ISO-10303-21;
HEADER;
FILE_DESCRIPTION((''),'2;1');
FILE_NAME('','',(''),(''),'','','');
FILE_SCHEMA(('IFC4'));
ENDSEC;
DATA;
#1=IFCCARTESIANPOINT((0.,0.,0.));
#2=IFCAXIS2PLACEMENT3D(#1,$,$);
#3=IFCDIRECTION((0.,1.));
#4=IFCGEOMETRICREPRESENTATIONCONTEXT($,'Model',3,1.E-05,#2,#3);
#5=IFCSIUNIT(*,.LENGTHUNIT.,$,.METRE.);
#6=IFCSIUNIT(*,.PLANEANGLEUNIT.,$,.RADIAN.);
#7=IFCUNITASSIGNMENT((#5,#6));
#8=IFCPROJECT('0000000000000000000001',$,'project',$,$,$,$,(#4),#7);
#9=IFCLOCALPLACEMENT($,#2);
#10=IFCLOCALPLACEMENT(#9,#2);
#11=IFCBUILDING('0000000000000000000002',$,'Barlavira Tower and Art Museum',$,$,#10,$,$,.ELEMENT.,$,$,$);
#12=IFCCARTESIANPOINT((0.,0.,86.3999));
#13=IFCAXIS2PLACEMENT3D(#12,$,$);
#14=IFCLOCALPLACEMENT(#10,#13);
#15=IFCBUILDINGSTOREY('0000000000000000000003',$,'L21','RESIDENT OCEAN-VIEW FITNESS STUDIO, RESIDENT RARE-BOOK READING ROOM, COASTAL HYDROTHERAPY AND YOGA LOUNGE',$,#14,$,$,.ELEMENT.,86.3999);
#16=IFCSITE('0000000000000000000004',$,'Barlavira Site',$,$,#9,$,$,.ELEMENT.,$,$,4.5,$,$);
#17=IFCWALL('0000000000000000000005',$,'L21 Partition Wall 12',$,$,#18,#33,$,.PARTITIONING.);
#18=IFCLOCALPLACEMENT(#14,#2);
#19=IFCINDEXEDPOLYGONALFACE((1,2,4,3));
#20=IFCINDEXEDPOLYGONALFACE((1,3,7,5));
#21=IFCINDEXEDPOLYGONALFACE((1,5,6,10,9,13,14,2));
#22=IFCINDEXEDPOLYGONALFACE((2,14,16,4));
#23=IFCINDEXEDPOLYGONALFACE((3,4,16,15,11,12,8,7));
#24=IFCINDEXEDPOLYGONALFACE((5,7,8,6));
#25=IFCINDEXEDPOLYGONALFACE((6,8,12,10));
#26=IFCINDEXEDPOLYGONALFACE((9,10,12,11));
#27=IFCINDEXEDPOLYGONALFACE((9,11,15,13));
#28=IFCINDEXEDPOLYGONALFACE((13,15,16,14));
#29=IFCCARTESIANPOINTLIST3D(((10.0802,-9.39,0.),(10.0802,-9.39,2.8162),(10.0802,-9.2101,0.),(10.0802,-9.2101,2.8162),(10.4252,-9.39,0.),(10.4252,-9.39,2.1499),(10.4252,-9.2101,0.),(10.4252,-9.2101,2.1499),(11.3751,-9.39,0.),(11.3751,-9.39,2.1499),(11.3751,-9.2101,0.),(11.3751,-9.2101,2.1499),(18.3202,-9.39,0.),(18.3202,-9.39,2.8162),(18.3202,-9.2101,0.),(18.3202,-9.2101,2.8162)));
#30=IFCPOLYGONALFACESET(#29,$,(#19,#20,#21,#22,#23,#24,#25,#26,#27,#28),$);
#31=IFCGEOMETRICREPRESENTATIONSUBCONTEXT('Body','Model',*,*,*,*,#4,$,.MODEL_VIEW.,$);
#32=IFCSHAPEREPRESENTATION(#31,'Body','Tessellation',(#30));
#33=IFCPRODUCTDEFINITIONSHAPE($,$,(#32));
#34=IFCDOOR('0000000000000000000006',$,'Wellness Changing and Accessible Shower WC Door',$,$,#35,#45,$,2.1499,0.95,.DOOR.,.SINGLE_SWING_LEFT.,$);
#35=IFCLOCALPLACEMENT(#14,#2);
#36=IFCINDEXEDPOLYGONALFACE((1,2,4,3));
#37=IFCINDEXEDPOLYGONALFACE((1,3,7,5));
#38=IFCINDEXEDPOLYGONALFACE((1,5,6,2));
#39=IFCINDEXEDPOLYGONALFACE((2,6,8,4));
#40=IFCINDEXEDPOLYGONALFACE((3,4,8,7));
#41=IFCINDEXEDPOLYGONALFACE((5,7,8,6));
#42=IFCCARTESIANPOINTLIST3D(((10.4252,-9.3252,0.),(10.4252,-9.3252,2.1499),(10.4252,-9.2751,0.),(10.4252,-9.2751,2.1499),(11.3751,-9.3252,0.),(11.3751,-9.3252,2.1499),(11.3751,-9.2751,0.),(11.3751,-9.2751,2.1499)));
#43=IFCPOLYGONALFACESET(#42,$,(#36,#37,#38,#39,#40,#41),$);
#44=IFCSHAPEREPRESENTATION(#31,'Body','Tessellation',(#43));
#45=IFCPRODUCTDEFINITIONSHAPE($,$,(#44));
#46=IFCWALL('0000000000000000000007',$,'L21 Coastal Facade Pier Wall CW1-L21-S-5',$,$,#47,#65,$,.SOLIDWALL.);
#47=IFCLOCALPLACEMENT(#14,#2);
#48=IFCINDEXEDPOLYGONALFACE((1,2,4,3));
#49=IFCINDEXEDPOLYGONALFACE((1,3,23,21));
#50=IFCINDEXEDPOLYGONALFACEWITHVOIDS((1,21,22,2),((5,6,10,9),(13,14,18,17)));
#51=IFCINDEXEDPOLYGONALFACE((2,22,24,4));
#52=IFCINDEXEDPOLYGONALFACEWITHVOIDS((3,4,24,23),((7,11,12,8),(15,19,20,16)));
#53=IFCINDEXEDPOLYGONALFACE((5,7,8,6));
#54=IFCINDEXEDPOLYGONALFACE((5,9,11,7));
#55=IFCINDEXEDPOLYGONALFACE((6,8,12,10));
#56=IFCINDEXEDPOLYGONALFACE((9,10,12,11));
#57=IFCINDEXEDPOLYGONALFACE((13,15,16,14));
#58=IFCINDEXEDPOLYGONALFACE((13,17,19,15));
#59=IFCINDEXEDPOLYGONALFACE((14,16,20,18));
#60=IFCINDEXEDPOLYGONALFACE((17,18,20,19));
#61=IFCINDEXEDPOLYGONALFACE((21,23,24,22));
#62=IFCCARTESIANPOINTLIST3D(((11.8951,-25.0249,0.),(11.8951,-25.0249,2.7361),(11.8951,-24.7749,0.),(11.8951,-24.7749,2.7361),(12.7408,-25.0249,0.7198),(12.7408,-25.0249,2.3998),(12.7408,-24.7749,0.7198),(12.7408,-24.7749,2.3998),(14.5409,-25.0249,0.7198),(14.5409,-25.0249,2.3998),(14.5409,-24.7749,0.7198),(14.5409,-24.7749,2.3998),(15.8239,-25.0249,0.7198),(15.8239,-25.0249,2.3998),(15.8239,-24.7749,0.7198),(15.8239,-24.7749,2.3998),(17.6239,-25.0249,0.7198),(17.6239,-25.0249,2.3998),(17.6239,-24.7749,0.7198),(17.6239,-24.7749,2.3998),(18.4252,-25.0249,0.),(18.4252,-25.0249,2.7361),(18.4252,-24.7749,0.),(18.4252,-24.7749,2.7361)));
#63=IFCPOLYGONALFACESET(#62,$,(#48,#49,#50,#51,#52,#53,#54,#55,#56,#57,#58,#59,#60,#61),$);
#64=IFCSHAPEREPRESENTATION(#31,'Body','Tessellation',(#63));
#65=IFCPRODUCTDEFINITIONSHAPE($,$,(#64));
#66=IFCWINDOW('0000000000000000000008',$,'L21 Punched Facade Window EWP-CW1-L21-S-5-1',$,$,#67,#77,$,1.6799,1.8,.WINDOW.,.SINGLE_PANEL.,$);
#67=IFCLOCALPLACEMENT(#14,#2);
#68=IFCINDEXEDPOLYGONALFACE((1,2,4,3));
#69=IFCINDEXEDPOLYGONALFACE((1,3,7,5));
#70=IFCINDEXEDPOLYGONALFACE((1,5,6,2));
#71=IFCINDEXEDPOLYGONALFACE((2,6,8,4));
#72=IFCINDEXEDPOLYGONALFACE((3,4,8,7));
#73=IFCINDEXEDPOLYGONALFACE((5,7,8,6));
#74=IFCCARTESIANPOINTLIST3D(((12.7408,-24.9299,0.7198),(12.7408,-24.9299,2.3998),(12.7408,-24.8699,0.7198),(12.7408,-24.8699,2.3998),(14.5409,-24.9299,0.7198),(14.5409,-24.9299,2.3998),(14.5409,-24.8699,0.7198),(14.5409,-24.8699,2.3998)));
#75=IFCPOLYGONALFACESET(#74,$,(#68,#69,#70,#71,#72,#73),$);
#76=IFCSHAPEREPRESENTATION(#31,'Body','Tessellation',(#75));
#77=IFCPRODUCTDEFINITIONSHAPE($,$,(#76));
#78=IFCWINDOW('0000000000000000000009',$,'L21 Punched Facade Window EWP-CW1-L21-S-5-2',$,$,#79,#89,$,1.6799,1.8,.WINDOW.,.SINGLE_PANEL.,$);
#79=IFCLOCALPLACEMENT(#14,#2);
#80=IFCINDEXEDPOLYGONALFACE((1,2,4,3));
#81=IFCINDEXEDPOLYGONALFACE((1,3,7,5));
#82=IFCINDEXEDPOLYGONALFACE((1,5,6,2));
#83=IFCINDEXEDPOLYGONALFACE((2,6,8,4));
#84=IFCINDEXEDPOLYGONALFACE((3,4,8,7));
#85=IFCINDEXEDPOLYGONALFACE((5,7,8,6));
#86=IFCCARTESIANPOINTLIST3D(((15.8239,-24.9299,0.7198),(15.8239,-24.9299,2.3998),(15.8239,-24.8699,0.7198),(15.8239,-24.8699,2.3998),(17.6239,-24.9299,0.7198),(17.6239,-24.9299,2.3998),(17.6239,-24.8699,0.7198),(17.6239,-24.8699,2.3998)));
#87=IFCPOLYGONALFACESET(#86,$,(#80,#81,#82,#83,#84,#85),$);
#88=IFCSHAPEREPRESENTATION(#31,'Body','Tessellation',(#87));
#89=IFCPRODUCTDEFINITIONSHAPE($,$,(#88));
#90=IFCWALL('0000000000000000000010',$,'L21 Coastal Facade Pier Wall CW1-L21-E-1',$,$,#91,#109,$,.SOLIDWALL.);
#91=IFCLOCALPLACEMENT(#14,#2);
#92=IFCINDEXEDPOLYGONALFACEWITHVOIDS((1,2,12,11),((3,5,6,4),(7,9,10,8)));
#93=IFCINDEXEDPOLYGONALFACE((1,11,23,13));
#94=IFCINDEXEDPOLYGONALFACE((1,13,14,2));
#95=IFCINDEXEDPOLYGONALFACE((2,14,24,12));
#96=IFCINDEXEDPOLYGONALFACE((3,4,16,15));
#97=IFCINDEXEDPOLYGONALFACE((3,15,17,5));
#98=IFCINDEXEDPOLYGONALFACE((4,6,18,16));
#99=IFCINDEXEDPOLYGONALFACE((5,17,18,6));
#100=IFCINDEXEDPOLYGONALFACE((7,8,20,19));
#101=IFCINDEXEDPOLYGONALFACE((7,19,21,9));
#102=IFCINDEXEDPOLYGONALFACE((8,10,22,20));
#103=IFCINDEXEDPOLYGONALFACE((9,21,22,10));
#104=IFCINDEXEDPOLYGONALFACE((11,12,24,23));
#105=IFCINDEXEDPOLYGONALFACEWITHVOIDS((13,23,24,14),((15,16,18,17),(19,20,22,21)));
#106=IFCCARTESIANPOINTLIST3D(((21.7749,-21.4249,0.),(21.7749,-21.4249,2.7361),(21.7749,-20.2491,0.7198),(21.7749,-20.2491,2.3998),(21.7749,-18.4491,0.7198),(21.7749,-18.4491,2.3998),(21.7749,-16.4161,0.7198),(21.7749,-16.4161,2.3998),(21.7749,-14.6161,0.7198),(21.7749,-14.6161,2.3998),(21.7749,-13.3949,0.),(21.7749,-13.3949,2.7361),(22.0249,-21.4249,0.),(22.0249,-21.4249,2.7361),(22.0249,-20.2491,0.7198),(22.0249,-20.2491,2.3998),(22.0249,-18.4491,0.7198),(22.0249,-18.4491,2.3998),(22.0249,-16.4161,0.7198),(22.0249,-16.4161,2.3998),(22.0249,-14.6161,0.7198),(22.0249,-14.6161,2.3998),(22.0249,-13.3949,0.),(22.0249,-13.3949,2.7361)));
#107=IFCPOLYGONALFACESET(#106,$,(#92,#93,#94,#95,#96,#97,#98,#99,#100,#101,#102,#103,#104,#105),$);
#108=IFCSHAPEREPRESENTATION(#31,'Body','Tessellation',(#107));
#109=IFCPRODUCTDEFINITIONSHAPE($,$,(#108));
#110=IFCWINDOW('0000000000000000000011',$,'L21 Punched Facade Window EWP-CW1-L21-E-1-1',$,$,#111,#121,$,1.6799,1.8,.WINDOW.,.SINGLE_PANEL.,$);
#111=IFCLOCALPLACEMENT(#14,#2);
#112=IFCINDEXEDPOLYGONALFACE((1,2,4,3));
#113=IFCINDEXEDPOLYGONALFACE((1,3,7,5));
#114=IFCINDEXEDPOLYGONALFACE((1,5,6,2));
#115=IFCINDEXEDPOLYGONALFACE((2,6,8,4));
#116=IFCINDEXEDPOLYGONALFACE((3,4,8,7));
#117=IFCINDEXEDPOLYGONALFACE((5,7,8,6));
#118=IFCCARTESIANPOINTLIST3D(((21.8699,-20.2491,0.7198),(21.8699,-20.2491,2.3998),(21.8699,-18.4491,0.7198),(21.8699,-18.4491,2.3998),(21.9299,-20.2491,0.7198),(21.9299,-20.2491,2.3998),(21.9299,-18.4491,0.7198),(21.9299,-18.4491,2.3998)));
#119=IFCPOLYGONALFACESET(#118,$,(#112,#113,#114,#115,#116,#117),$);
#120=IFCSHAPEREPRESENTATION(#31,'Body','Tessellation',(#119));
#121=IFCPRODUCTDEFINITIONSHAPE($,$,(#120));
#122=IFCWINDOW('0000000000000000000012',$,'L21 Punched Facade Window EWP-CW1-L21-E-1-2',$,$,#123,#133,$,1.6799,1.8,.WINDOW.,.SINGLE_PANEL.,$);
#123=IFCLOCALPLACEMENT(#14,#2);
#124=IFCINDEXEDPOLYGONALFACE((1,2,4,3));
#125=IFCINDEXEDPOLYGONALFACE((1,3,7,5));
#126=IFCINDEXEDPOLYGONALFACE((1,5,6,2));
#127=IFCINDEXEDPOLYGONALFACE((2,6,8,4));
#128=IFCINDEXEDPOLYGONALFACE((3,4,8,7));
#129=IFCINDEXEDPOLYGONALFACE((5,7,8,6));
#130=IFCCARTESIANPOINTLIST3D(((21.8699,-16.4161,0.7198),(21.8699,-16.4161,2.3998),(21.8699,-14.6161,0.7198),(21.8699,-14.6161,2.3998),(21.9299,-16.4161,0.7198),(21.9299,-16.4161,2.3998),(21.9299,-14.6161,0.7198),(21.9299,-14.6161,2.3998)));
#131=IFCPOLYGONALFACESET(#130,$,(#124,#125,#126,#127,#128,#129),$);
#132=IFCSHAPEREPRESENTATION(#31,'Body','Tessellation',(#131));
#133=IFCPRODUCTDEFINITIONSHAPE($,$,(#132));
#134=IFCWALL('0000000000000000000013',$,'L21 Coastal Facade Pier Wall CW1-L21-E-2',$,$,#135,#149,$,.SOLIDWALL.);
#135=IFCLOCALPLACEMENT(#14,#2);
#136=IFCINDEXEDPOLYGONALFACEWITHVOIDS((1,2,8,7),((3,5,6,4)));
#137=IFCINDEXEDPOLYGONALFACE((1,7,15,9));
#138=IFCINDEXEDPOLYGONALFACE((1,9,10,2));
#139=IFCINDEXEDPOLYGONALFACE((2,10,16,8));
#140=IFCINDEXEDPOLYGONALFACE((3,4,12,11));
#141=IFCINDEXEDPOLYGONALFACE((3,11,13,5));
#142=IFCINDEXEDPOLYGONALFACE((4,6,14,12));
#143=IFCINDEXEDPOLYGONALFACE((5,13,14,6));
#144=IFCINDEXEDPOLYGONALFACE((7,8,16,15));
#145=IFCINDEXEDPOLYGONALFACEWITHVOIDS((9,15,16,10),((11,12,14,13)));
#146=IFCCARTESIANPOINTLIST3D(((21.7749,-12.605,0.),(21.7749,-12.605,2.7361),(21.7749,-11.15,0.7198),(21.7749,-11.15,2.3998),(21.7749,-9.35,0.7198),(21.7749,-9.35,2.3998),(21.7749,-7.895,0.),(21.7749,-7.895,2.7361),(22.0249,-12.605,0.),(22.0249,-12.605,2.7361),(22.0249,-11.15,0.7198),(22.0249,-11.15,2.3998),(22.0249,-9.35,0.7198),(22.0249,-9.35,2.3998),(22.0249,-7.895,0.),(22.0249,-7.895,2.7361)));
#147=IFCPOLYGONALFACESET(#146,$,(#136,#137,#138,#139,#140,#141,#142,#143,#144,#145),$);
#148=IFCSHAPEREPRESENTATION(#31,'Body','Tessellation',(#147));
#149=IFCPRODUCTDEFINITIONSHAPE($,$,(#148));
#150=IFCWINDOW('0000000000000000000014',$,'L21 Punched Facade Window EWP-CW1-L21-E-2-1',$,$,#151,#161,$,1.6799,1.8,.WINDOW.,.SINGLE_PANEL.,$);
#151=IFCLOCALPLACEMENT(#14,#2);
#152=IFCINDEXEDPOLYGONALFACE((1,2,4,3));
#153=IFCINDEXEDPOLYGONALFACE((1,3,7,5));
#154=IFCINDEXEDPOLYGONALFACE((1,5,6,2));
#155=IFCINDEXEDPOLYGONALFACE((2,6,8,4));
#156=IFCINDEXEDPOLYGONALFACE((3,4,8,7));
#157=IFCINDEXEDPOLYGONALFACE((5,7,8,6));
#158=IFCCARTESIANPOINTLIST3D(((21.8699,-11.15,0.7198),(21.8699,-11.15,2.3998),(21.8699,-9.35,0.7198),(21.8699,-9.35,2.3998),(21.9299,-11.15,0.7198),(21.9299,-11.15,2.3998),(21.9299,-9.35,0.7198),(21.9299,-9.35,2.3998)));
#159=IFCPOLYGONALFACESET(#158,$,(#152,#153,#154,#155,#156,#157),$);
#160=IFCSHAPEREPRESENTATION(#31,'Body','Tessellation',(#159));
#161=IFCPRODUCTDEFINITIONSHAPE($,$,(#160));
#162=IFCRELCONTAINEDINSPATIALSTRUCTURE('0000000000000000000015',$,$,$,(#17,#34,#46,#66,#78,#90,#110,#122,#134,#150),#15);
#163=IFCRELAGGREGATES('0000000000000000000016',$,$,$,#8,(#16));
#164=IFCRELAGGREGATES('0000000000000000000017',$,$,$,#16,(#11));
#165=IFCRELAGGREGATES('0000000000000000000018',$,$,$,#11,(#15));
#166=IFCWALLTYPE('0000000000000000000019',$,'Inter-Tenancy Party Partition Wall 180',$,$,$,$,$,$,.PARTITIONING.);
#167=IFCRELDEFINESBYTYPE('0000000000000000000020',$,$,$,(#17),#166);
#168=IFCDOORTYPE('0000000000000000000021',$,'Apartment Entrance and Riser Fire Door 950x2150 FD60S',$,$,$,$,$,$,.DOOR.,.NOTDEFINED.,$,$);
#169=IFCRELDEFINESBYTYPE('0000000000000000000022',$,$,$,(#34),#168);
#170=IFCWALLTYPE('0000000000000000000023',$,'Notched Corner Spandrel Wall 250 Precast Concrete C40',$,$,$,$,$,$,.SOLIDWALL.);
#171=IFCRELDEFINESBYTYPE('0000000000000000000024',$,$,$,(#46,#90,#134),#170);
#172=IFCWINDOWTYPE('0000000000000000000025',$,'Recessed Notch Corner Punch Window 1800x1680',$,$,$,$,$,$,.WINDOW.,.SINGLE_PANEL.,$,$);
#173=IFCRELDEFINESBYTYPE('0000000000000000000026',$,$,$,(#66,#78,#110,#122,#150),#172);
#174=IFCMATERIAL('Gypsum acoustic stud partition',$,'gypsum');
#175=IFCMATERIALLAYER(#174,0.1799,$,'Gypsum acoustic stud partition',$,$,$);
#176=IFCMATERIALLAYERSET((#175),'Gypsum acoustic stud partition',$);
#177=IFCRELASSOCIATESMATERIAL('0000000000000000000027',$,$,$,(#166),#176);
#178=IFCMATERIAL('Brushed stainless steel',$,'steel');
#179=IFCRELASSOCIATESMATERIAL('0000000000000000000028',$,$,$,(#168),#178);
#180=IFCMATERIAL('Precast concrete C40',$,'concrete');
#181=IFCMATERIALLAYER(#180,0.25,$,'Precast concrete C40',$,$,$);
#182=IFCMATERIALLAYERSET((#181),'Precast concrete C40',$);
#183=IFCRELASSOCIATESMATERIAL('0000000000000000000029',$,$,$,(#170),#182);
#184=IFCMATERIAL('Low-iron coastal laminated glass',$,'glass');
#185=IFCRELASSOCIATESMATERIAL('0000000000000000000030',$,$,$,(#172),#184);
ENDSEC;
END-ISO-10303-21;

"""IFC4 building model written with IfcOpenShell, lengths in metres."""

from ifc_helpers import new_model, si_unit, direction, frame, frame_2d, origin, place, context, subcontext, project, spatial, rectangle, extrude, material, layer, layer_set, type_object, element, fill, save


model = new_model("IFC4")

# Units and contexts
model_context = context("Model", 3, precision=1e-05, world=origin(), true_north=direction((0.0, 1.0)))
body_context = subcontext(model_context, "Body", "Model", "MODEL_VIEW")
ifc_project = project(units=[si_unit("LENGTHUNIT", "METRE"), si_unit("PLANEANGLEUNIT", "RADIAN")], contexts=[model_context])

# Site, building, storey
site_placement = place(None, origin())
site = spatial("IfcSite", under=ifc_project, at=site_placement, Name="Barlavira Site", CompositionType="ELEMENT", RefElevation=4.5)
building_placement = place(site_placement, origin())
building = spatial("IfcBuilding", under=site, at=building_placement, Name="Barlavira Tower and Art Museum", CompositionType="ELEMENT")
storey_placement = place(building_placement, frame((0.0, 0.0, 86.3999)))
storey = spatial("IfcBuildingStorey", under=building, at=storey_placement, Name="L21", Description="RESIDENT OCEAN-VIEW FITNESS STUDIO, RESIDENT RARE-BOOK READING ROOM, COASTAL HYDROTHERAPY AND YOGA LOUNGE", CompositionType="ELEMENT", Elevation=86.3999)

# Shared definitions
ifc_material_1 = material(Name="Gypsum acoustic stud partition", Category="gypsum")
ifc_layer_1 = layer(ifc_material_1, 0.1799, Name="Gypsum acoustic stud partition")
ifc_layer_set_1 = layer_set([ifc_layer_1], Name="Gypsum acoustic stud partition")
wall_type_1 = type_object("IfcWallType", Name="Inter-Tenancy Party Partition Wall 180", PredefinedType="PARTITIONING", material=ifc_layer_set_1)

# Wall, opening, door
wall_1_placement = place(storey_placement, frame((10.0801, -9.3, 0.0), z_axis=(0.0, 0.0, 1.0), x_axis=(1.0, 0.0, 0.0)))
wall_1 = element("IfcWall", 1, at=wall_1_placement, inside=storey, type_object=wall_type_1, Name="L21 Partition Wall 12", PredefinedType="PARTITIONING", context=body_context, shape_type="SweptSolid", body=[
    extrude(rectangle(XDim=8.24, YDim=0.1799, at=frame_2d((4.1201, 0.0))), origin(), (0.0, 0.0, 1.0), 2.8162),
])
opening_1_placement = place(wall_1_placement, frame((0.345, 0.0, 0.0)))
opening_1 = element("IfcOpeningElement", 2, at=opening_1_placement, cuts=wall_1, PredefinedType="OPENING", context=body_context, shape_type="SweptSolid", body=[
    extrude(rectangle(XDim=0.95, YDim=2.1499, at=frame_2d((0.4751, 1.075))), frame((0.0, 0.1001, 0.0), z_axis=(0.0, -1.0, 0.0), x_axis=(1.0, 0.0, 0.0)), (0.0, 0.0, 1.0), 0.2),
])
ifc_material_2 = material(Name="Brushed stainless steel", Category="steel")
door_type = type_object("IfcDoorType", Name="Apartment Entrance and Riser Fire Door 950x2150 FD60S", OperationType="NOTDEFINED", PredefinedType="DOOR", material=ifc_material_2)
door_placement = place(opening_1_placement, origin())
door = element("IfcDoor", 3, at=door_placement, inside=storey, type_object=door_type, Name="Wellness Changing and Accessible Shower WC Door", OperationType="SINGLE_SWING_LEFT", OverallHeight=2.1499, OverallWidth=0.95, PredefinedType="DOOR", context=body_context, shape_type="SweptSolid", body=[
    extrude(rectangle(XDim=0.95, YDim=2.1499, at=frame_2d((0.4751, 1.075))), frame((0.0, 0.0249, 0.0), z_axis=(0.0, -1.0, 0.0), x_axis=(1.0, 0.0, 0.0)), (0.0, 0.0, 1.0), 0.05),
])
fill(opening_1, door)

# Walls, openings, windows
ifc_material_3 = material(Name="Precast concrete C40", Category="concrete")
ifc_layer_2 = layer(ifc_material_3, 0.25, Name="Precast concrete C40")
ifc_layer_set_2 = layer_set([ifc_layer_2], Name="Precast concrete C40")
wall_type_2 = type_object("IfcWallType", Name="Notched Corner Spandrel Wall 250 Precast Concrete C40", PredefinedType="SOLIDWALL", material=ifc_layer_set_2)
wall_2_placement = place(storey_placement, frame((11.895, -24.8999, 0.0), z_axis=(0.0, 0.0, 1.0), x_axis=(1.0, 0.0, 0.0)))
wall_2 = element("IfcWall", 4, at=wall_2_placement, inside=storey, type_object=wall_type_2, Name="L21 Coastal Facade Pier Wall CW1-L21-S-5", PredefinedType="SOLIDWALL", context=body_context, shape_type="SweptSolid", body=[
    extrude(rectangle(XDim=6.53, YDim=0.25, at=frame_2d((3.2651, 0.0))), origin(), (0.0, 0.0, 1.0), 2.7361),
])
opening_2_placement = place(wall_2_placement, frame((0.8459, 0.0, 0.72)))
opening_2 = element("IfcOpeningElement", 5, at=opening_2_placement, cuts=wall_2, PredefinedType="OPENING", context=body_context, shape_type="SweptSolid", body=[
    extrude(rectangle(XDim=1.8, YDim=1.6799, at=frame_2d((0.8999, 0.8398))), frame((0.0, 0.135, 0.0), z_axis=(0.0, -1.0, 0.0), x_axis=(1.0, 0.0, 0.0)), (0.0, 0.0, 1.0), 0.27),
])
opening_3_placement = place(wall_2_placement, frame((3.929, 0.0, 0.72)))
opening_3 = element("IfcOpeningElement", 6, at=opening_3_placement, cuts=wall_2, PredefinedType="OPENING", context=body_context, shape_type="SweptSolid", body=[
    extrude(rectangle(XDim=1.8, YDim=1.6799, at=frame_2d((0.8999, 0.8398))), frame((0.0, 0.135, 0.0), z_axis=(0.0, -1.0, 0.0), x_axis=(1.0, 0.0, 0.0)), (0.0, 0.0, 1.0), 0.27),
])
ifc_material_4 = material(Name="Low-iron coastal laminated glass", Category="glass")
window_type = type_object("IfcWindowType", Name="Recessed Notch Corner Punch Window 1800x1680", PartitioningType="SINGLE_PANEL", PredefinedType="WINDOW", material=ifc_material_4)
window_1_placement = place(opening_2_placement, origin())
window_1 = element("IfcWindow", 7, at=window_1_placement, inside=storey, type_object=window_type, Name="L21 Punched Facade Window EWP-CW1-L21-S-5-1", OverallHeight=1.6799, OverallWidth=1.8, PartitioningType="SINGLE_PANEL", PredefinedType="WINDOW", context=body_context, shape_type="SweptSolid", body=[
    extrude(rectangle(XDim=1.8, YDim=1.6799, at=frame_2d((0.8999, 0.8398))), frame((0.0, 0.03, 0.0), z_axis=(0.0, -1.0, 0.0), x_axis=(1.0, 0.0, 0.0)), (0.0, 0.0, 1.0), 0.0601),
])
fill(opening_2, window_1)
window_2_placement = place(opening_3_placement, origin())
window_2 = element("IfcWindow", 8, at=window_2_placement, inside=storey, type_object=window_type, Name="L21 Punched Facade Window EWP-CW1-L21-S-5-2", OverallHeight=1.6799, OverallWidth=1.8, PartitioningType="SINGLE_PANEL", PredefinedType="WINDOW", context=body_context, shape_type="SweptSolid", body=[
    extrude(rectangle(XDim=1.8, YDim=1.6799, at=frame_2d((0.8999, 0.8398))), frame((0.0, 0.03, 0.0), z_axis=(0.0, -1.0, 0.0), x_axis=(1.0, 0.0, 0.0)), (0.0, 0.0, 1.0), 0.0601),
])
fill(opening_3, window_2)
wall_3_placement = place(storey_placement, frame((21.8999, -21.425, 0.0), z_axis=(0.0, 0.0, 1.0), x_axis=(0.0, 1.0, 0.0)))
wall_3 = element("IfcWall", 9, at=wall_3_placement, inside=storey, type_object=wall_type_2, Name="L21 Coastal Facade Pier Wall CW1-L21-E-1", PredefinedType="SOLIDWALL", context=body_context, shape_type="SweptSolid", body=[
    extrude(rectangle(XDim=8.03, YDim=0.25, at=frame_2d((4.0151, 0.0))), origin(), (0.0, 0.0, 1.0), 2.7361),
])
opening_4_placement = place(wall_3_placement, frame((1.176, 0.0, 0.72)))
opening_4 = element("IfcOpeningElement", 10, at=opening_4_placement, cuts=wall_3, PredefinedType="OPENING", context=body_context, shape_type="SweptSolid", body=[
    extrude(rectangle(XDim=1.8, YDim=1.6799, at=frame_2d((0.8999, 0.8398))), frame((0.0, 0.135, 0.0), z_axis=(0.0, -1.0, 0.0), x_axis=(1.0, 0.0, 0.0)), (0.0, 0.0, 1.0), 0.27),
])
opening_5_placement = place(wall_3_placement, frame((5.009, 0.0, 0.72)))
opening_5 = element("IfcOpeningElement", 11, at=opening_5_placement, cuts=wall_3, PredefinedType="OPENING", context=body_context, shape_type="SweptSolid", body=[
    extrude(rectangle(XDim=1.8, YDim=1.6799, at=frame_2d((0.8999, 0.8398))), frame((0.0, 0.135, 0.0), z_axis=(0.0, -1.0, 0.0), x_axis=(1.0, 0.0, 0.0)), (0.0, 0.0, 1.0), 0.27),
])
window_3_placement = place(opening_4_placement, origin())
window_3 = element("IfcWindow", 12, at=window_3_placement, inside=storey, type_object=window_type, Name="L21 Punched Facade Window EWP-CW1-L21-E-1-1", OverallHeight=1.6799, OverallWidth=1.8, PartitioningType="SINGLE_PANEL", PredefinedType="WINDOW", context=body_context, shape_type="SweptSolid", body=[
    extrude(rectangle(XDim=1.8, YDim=1.6799, at=frame_2d((0.8999, 0.8398))), frame((0.0, 0.03, 0.0), z_axis=(0.0, -1.0, 0.0), x_axis=(1.0, 0.0, 0.0)), (0.0, 0.0, 1.0), 0.0601),
])
fill(opening_4, window_3)
window_4_placement = place(opening_5_placement, origin())
window_4 = element("IfcWindow", 13, at=window_4_placement, inside=storey, type_object=window_type, Name="L21 Punched Facade Window EWP-CW1-L21-E-1-2", OverallHeight=1.6799, OverallWidth=1.8, PartitioningType="SINGLE_PANEL", PredefinedType="WINDOW", context=body_context, shape_type="SweptSolid", body=[
    extrude(rectangle(XDim=1.8, YDim=1.6799, at=frame_2d((0.8999, 0.8398))), frame((0.0, 0.03, 0.0), z_axis=(0.0, -1.0, 0.0), x_axis=(1.0, 0.0, 0.0)), (0.0, 0.0, 1.0), 0.0601),
])
fill(opening_5, window_4)

# Wall, opening, window
wall_4_placement = place(storey_placement, frame((21.8999, -12.605, 0.0), z_axis=(0.0, 0.0, 1.0), x_axis=(0.0, 1.0, 0.0)))
wall_4 = element("IfcWall", 14, at=wall_4_placement, inside=storey, type_object=wall_type_2, Name="L21 Coastal Facade Pier Wall CW1-L21-E-2", PredefinedType="SOLIDWALL", context=body_context, shape_type="SweptSolid", body=[
    extrude(rectangle(XDim=4.71, YDim=0.25, at=frame_2d((2.355, 0.0))), origin(), (0.0, 0.0, 1.0), 2.7361),
])
opening_6_placement = place(wall_4_placement, frame((1.4551, 0.0, 0.72)))
opening_6 = element("IfcOpeningElement", 15, at=opening_6_placement, cuts=wall_4, PredefinedType="OPENING", context=body_context, shape_type="SweptSolid", body=[
    extrude(rectangle(XDim=1.8, YDim=1.6799, at=frame_2d((0.8999, 0.8398))), frame((0.0, 0.135, 0.0), z_axis=(0.0, -1.0, 0.0), x_axis=(1.0, 0.0, 0.0)), (0.0, 0.0, 1.0), 0.27),
])
window_5_placement = place(opening_6_placement, origin())
window_5 = element("IfcWindow", 16, at=window_5_placement, inside=storey, type_object=window_type, Name="L21 Punched Facade Window EWP-CW1-L21-E-2-1", OverallHeight=1.6799, OverallWidth=1.8, PartitioningType="SINGLE_PANEL", PredefinedType="WINDOW", context=body_context, shape_type="SweptSolid", body=[
    extrude(rectangle(XDim=1.8, YDim=1.6799, at=frame_2d((0.8999, 0.8398))), frame((0.0, 0.03, 0.0), z_axis=(0.0, -1.0, 0.0), x_axis=(1.0, 0.0, 0.0)), (0.0, 0.0, 1.0), 0.0601),
])
fill(opening_6, window_5)

save(model, "model.ifc")
